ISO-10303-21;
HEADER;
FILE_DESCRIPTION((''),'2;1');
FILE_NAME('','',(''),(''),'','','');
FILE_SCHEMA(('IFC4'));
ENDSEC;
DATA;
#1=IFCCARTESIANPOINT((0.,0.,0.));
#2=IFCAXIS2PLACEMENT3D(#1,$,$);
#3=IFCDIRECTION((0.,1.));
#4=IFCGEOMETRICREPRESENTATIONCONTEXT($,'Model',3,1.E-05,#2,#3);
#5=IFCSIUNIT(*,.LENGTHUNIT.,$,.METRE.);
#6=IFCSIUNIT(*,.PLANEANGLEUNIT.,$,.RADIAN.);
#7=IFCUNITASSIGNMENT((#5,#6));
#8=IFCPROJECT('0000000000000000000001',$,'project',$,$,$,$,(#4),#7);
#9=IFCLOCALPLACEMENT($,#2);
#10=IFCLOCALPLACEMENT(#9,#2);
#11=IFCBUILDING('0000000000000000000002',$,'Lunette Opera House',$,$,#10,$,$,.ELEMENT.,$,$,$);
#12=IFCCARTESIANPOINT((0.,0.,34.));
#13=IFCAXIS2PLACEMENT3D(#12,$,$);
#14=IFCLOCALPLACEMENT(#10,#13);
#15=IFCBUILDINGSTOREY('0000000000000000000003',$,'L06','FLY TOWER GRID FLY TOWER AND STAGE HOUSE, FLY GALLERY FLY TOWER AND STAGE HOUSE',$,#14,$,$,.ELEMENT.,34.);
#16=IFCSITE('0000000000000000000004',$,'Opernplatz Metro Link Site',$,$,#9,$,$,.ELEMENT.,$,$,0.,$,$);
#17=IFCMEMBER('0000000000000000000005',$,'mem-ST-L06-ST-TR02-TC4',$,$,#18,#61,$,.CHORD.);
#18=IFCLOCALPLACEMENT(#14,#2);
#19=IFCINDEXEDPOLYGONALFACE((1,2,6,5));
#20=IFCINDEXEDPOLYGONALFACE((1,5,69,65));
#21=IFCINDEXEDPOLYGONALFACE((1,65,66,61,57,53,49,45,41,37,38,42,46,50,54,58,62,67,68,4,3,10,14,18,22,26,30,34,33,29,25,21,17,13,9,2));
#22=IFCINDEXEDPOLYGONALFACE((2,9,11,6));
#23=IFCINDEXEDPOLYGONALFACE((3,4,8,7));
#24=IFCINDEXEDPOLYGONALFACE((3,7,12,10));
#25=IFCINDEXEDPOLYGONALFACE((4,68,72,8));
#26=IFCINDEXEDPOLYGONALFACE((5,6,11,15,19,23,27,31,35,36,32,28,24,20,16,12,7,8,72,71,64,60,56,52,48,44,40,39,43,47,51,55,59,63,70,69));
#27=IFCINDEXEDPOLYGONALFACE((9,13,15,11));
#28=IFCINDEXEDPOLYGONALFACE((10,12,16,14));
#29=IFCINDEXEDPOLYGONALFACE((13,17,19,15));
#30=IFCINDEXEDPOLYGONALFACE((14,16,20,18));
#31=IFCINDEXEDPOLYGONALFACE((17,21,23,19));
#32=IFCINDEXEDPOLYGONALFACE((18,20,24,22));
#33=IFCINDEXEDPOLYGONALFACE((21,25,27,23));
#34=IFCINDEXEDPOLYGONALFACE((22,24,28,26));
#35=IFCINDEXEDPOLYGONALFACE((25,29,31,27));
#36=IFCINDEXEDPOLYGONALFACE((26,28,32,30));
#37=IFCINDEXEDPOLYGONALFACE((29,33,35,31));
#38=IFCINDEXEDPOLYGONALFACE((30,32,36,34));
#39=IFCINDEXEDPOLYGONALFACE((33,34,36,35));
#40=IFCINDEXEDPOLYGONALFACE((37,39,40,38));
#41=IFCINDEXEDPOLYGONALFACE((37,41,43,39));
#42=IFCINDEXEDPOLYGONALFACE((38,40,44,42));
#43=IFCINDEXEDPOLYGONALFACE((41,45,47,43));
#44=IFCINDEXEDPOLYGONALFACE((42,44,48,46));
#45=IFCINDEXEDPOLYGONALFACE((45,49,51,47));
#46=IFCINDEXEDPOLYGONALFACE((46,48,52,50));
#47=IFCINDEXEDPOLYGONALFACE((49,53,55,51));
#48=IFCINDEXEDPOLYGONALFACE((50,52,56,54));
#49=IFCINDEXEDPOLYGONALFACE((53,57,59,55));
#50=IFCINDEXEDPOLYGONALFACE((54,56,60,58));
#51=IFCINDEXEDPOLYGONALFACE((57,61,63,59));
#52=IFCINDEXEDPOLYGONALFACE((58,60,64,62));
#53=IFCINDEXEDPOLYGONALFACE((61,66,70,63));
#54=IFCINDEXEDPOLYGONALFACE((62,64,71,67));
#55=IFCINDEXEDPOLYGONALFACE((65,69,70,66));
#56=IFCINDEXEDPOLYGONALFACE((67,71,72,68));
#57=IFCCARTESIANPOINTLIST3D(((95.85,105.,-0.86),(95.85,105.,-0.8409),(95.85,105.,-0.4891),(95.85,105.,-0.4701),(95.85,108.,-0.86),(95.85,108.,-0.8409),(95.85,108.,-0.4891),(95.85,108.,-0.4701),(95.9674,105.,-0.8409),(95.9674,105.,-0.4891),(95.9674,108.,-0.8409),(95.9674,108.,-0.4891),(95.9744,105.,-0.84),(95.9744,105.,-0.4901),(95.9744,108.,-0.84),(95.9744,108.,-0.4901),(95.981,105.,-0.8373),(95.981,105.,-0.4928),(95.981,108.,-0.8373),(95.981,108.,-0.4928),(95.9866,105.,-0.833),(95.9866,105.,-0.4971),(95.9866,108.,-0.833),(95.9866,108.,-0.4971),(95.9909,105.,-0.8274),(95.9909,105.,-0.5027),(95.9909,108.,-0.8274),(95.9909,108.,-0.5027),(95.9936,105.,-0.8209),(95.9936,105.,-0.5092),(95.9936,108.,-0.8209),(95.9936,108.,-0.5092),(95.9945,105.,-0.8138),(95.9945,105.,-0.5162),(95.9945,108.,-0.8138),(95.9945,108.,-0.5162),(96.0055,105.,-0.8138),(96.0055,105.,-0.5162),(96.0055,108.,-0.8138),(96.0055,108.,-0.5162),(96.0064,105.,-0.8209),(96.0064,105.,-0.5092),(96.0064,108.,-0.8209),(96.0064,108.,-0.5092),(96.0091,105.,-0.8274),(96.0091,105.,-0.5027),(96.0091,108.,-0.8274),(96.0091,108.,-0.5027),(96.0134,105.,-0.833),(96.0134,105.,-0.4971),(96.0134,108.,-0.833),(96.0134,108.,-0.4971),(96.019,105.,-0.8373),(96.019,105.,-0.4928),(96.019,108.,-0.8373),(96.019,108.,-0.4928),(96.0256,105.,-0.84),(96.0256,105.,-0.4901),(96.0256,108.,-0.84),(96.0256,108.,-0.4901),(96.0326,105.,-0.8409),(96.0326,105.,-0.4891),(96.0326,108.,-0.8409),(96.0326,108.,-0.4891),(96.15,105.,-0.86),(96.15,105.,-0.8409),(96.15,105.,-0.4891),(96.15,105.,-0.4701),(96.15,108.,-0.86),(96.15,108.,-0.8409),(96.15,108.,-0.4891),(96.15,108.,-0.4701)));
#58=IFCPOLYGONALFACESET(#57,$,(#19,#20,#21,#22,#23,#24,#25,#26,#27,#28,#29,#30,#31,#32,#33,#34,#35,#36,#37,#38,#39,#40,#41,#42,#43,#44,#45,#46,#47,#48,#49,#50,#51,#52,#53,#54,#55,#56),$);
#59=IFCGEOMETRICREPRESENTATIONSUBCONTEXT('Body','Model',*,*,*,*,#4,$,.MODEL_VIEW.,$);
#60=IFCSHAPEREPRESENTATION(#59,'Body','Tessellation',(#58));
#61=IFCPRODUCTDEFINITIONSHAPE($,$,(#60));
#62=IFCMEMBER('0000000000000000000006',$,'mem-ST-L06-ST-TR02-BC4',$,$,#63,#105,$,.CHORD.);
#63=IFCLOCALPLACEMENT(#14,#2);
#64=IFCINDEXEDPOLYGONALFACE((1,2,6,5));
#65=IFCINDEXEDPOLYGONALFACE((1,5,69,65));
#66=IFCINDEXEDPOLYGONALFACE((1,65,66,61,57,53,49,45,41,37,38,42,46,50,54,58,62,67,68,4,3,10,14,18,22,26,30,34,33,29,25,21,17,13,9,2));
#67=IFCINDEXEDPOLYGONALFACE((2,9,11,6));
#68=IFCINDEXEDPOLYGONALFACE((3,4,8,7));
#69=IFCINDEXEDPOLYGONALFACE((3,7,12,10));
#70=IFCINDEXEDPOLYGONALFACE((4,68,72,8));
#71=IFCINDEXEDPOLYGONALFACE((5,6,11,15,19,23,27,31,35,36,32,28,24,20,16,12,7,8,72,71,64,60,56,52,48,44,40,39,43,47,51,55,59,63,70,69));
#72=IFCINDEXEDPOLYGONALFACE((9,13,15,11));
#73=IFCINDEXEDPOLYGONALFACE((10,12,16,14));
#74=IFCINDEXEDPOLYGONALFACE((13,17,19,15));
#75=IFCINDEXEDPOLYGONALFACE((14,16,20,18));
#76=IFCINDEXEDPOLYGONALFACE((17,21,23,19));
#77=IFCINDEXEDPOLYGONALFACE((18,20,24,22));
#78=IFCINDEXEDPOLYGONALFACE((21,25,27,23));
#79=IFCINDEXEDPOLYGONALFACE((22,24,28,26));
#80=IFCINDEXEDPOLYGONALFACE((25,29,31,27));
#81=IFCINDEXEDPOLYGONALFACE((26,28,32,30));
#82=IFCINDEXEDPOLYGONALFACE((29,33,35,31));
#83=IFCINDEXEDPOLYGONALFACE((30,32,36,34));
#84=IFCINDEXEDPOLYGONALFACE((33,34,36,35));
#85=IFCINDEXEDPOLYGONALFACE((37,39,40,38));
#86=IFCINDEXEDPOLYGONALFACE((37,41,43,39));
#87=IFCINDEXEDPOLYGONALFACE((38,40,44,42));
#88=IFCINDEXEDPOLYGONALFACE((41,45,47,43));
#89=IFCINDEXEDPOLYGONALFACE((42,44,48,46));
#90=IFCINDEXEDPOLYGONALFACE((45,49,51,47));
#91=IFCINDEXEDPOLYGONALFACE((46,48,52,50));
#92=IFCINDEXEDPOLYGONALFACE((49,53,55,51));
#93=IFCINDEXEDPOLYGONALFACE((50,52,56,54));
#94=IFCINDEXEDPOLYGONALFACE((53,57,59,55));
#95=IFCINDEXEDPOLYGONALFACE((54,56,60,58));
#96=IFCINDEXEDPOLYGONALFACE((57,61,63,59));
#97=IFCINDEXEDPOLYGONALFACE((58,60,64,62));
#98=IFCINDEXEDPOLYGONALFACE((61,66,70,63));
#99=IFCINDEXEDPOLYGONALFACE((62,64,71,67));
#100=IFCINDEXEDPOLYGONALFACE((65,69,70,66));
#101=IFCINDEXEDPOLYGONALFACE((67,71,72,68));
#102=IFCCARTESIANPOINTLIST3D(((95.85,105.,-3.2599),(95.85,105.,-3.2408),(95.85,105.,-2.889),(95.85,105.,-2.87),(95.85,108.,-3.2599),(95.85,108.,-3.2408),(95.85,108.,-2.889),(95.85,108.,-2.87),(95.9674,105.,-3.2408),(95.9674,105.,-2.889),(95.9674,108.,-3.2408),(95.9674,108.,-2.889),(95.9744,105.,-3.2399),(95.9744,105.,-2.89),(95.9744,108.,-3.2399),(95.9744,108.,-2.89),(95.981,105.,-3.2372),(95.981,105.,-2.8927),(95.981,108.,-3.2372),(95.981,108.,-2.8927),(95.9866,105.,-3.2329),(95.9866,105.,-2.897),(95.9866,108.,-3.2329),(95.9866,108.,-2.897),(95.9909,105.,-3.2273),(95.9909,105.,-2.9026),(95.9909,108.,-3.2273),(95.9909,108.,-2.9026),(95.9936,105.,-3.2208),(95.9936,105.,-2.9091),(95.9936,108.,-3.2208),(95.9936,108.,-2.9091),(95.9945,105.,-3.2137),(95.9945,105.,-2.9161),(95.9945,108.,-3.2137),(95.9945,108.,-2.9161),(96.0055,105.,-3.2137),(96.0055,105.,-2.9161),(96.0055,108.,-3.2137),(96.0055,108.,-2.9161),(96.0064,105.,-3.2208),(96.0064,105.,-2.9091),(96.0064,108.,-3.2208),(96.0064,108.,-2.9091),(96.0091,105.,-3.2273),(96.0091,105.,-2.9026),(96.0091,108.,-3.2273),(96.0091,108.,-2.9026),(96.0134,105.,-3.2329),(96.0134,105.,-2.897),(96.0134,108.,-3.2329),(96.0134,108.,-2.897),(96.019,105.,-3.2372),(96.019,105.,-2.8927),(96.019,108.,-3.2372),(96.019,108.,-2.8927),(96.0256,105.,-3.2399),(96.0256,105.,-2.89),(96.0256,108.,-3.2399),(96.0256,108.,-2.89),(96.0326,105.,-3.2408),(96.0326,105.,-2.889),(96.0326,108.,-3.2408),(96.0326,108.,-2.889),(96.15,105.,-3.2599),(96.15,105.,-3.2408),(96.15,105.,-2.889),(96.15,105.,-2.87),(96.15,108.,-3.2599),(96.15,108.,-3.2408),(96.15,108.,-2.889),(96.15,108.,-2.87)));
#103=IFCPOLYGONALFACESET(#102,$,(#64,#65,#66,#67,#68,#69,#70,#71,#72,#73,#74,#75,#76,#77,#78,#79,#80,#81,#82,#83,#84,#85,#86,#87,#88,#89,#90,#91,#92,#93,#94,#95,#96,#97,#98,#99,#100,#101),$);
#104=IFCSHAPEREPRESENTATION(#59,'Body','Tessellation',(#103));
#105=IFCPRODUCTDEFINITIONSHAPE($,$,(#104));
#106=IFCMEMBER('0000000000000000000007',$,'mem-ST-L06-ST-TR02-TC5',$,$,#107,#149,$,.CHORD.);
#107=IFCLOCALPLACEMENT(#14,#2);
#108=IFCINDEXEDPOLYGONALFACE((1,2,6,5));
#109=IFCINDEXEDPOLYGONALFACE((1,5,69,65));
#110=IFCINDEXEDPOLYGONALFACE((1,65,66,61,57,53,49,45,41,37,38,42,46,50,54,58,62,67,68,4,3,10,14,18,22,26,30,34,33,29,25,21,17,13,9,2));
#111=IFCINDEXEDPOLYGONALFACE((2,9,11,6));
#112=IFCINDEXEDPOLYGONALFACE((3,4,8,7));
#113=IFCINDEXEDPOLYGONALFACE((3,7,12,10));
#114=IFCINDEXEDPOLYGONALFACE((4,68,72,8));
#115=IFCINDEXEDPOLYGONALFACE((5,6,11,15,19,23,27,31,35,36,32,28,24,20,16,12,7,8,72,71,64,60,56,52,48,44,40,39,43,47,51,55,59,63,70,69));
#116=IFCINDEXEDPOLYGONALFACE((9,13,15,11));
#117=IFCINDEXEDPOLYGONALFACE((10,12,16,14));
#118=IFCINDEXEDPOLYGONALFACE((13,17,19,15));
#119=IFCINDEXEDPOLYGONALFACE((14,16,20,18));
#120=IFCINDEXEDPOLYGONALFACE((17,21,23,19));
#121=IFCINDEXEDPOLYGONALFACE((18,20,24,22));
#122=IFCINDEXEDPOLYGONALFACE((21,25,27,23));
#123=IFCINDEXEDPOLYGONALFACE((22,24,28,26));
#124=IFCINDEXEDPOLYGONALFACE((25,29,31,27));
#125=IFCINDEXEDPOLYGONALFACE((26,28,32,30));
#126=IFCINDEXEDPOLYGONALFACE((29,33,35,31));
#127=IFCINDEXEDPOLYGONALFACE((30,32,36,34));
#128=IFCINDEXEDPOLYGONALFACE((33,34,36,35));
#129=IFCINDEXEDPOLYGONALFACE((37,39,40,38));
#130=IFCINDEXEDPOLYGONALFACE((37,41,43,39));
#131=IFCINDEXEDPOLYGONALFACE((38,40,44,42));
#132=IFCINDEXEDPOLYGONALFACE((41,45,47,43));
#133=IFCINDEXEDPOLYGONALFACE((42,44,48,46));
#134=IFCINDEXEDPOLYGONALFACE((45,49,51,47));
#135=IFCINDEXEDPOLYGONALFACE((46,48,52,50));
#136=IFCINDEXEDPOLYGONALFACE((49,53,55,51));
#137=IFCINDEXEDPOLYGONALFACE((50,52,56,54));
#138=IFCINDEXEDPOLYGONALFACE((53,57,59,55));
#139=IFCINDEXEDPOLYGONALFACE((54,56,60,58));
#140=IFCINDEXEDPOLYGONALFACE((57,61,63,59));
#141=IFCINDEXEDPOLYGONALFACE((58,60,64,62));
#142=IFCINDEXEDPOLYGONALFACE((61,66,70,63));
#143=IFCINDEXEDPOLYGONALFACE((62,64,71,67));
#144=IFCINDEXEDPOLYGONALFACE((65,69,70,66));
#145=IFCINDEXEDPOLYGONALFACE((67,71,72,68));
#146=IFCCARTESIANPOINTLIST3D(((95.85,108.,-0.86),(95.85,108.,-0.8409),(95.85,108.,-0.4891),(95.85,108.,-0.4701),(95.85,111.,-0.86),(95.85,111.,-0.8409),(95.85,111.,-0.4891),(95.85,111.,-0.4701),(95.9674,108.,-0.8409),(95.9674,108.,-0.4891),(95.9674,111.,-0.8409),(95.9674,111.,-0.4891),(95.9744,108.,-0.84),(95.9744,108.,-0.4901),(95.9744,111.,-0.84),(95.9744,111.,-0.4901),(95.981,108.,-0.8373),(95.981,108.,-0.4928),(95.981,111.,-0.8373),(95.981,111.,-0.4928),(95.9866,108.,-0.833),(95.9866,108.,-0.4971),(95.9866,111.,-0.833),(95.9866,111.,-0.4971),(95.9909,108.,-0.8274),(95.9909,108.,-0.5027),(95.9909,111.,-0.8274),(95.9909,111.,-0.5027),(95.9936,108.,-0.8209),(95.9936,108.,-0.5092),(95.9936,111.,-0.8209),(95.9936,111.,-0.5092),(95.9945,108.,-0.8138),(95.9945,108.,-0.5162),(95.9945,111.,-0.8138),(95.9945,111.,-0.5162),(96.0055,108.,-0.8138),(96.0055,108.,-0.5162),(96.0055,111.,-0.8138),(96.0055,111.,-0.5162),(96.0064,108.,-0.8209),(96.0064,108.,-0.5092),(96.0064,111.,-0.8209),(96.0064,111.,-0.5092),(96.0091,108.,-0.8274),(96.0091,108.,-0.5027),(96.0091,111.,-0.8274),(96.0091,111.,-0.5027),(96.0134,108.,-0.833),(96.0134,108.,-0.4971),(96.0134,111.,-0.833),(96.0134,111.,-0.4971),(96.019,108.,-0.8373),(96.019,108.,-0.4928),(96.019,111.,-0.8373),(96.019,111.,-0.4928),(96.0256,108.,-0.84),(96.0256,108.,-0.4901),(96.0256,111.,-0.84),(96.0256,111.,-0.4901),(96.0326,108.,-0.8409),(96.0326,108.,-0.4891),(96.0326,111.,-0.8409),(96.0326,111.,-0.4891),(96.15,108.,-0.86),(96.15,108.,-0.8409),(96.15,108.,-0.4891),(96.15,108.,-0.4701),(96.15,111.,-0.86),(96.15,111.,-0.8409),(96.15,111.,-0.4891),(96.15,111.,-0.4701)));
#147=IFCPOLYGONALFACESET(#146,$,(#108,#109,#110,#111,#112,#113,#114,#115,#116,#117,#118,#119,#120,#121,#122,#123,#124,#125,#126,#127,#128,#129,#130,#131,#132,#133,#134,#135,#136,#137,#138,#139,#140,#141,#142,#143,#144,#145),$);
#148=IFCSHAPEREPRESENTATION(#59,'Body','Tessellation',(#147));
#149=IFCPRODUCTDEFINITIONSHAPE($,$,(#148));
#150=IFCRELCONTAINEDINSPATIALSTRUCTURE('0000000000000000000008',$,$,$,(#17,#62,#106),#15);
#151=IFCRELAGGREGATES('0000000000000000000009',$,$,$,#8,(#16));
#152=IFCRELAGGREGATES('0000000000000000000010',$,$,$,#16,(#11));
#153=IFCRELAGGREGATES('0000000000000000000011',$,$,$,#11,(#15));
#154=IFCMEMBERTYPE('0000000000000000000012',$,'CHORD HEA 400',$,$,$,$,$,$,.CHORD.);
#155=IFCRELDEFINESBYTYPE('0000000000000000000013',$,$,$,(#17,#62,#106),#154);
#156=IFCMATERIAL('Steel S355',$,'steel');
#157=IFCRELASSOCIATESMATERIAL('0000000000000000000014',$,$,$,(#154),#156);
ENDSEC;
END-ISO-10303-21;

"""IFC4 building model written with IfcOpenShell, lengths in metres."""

from ifc_helpers import new_model, si_unit, direction, frame, origin, origin_2d, place, context, subcontext, project, spatial, i_section, extrude, material, material_profile, profile_set, type_object, element, save


model = new_model("IFC4")

# Units and contexts
model_context = context("Model", 3, precision=1e-05, world=origin(), true_north=direction((0.0, 1.0)))
body_context = subcontext(model_context, "Body", "Model", "MODEL_VIEW")
ifc_project = project(units=[si_unit("LENGTHUNIT", "METRE"), si_unit("PLANEANGLEUNIT", "RADIAN")], contexts=[model_context])

# Site, building, storey
site_placement = place(None, origin())
site = spatial("IfcSite", under=ifc_project, at=site_placement, Name="Opernplatz Metro Link Site", CompositionType="ELEMENT", RefElevation=0.0)
building_placement = place(site_placement, origin())
building = spatial("IfcBuilding", under=site, at=building_placement, Name="Lunette Opera House", CompositionType="ELEMENT")
storey_placement = place(building_placement, frame((0.0, 0.0, 34.0)))
storey = spatial("IfcBuildingStorey", under=building, at=storey_placement, Name="L06", Description="FLY TOWER GRID FLY TOWER AND STAGE HOUSE, FLY GALLERY FLY TOWER AND STAGE HOUSE", CompositionType="ELEMENT", Elevation=34.0)

# Members
ifc_material_1 = material(Name="Steel S355", Category="steel")
ifc_material_profile_1 = material_profile(ifc_material_1, i_section(OverallWidth=0.3, OverallDepth=0.3899, WebThickness=0.011, FlangeThickness=0.019, FilletRadius=0.0271, at=origin_2d()), Name="HEA 400")
ifc_profile_set_1 = profile_set([ifc_material_profile_1], Name="Steel S355")
member_type_1 = type_object("IfcMemberType", Name="CHORD HEA 400", PredefinedType="CHORD", material=ifc_profile_set_1)
for number, where, z_axis, x_axis, name in (
    (1, (96.0, 105.0, -0.665), (0.0, 1.0, 0.0), (-1.0, 0.0, 0.0), "mem-ST-L06-ST-TR02-TC4"),
    (2, (96.0, 105.0, -3.0649), (0.0, 1.0, 0.0), (-1.0, 0.0, 0.0), "mem-ST-L06-ST-TR02-BC4"),
    (3, (96.0, 108.0, -0.665), (0.0, 1.0, 0.0), (-1.0, 0.0, 0.0), "mem-ST-L06-ST-TR02-TC5"),
):
    element("IfcMember", number, at=place(storey_placement, frame(where, z_axis=z_axis, x_axis=x_axis)), inside=storey, type_object=member_type_1, Name=name, PredefinedType="CHORD", context=body_context, shape_type="SweptSolid", body=[
        extrude(i_section(OverallWidth=0.3, OverallDepth=0.3899, WebThickness=0.011, FlangeThickness=0.019, FilletRadius=0.0271, at=origin_2d()), origin(), (0.0, 0.0, 1.0), 3.0),
    ])

save(model, "model.ifc")
